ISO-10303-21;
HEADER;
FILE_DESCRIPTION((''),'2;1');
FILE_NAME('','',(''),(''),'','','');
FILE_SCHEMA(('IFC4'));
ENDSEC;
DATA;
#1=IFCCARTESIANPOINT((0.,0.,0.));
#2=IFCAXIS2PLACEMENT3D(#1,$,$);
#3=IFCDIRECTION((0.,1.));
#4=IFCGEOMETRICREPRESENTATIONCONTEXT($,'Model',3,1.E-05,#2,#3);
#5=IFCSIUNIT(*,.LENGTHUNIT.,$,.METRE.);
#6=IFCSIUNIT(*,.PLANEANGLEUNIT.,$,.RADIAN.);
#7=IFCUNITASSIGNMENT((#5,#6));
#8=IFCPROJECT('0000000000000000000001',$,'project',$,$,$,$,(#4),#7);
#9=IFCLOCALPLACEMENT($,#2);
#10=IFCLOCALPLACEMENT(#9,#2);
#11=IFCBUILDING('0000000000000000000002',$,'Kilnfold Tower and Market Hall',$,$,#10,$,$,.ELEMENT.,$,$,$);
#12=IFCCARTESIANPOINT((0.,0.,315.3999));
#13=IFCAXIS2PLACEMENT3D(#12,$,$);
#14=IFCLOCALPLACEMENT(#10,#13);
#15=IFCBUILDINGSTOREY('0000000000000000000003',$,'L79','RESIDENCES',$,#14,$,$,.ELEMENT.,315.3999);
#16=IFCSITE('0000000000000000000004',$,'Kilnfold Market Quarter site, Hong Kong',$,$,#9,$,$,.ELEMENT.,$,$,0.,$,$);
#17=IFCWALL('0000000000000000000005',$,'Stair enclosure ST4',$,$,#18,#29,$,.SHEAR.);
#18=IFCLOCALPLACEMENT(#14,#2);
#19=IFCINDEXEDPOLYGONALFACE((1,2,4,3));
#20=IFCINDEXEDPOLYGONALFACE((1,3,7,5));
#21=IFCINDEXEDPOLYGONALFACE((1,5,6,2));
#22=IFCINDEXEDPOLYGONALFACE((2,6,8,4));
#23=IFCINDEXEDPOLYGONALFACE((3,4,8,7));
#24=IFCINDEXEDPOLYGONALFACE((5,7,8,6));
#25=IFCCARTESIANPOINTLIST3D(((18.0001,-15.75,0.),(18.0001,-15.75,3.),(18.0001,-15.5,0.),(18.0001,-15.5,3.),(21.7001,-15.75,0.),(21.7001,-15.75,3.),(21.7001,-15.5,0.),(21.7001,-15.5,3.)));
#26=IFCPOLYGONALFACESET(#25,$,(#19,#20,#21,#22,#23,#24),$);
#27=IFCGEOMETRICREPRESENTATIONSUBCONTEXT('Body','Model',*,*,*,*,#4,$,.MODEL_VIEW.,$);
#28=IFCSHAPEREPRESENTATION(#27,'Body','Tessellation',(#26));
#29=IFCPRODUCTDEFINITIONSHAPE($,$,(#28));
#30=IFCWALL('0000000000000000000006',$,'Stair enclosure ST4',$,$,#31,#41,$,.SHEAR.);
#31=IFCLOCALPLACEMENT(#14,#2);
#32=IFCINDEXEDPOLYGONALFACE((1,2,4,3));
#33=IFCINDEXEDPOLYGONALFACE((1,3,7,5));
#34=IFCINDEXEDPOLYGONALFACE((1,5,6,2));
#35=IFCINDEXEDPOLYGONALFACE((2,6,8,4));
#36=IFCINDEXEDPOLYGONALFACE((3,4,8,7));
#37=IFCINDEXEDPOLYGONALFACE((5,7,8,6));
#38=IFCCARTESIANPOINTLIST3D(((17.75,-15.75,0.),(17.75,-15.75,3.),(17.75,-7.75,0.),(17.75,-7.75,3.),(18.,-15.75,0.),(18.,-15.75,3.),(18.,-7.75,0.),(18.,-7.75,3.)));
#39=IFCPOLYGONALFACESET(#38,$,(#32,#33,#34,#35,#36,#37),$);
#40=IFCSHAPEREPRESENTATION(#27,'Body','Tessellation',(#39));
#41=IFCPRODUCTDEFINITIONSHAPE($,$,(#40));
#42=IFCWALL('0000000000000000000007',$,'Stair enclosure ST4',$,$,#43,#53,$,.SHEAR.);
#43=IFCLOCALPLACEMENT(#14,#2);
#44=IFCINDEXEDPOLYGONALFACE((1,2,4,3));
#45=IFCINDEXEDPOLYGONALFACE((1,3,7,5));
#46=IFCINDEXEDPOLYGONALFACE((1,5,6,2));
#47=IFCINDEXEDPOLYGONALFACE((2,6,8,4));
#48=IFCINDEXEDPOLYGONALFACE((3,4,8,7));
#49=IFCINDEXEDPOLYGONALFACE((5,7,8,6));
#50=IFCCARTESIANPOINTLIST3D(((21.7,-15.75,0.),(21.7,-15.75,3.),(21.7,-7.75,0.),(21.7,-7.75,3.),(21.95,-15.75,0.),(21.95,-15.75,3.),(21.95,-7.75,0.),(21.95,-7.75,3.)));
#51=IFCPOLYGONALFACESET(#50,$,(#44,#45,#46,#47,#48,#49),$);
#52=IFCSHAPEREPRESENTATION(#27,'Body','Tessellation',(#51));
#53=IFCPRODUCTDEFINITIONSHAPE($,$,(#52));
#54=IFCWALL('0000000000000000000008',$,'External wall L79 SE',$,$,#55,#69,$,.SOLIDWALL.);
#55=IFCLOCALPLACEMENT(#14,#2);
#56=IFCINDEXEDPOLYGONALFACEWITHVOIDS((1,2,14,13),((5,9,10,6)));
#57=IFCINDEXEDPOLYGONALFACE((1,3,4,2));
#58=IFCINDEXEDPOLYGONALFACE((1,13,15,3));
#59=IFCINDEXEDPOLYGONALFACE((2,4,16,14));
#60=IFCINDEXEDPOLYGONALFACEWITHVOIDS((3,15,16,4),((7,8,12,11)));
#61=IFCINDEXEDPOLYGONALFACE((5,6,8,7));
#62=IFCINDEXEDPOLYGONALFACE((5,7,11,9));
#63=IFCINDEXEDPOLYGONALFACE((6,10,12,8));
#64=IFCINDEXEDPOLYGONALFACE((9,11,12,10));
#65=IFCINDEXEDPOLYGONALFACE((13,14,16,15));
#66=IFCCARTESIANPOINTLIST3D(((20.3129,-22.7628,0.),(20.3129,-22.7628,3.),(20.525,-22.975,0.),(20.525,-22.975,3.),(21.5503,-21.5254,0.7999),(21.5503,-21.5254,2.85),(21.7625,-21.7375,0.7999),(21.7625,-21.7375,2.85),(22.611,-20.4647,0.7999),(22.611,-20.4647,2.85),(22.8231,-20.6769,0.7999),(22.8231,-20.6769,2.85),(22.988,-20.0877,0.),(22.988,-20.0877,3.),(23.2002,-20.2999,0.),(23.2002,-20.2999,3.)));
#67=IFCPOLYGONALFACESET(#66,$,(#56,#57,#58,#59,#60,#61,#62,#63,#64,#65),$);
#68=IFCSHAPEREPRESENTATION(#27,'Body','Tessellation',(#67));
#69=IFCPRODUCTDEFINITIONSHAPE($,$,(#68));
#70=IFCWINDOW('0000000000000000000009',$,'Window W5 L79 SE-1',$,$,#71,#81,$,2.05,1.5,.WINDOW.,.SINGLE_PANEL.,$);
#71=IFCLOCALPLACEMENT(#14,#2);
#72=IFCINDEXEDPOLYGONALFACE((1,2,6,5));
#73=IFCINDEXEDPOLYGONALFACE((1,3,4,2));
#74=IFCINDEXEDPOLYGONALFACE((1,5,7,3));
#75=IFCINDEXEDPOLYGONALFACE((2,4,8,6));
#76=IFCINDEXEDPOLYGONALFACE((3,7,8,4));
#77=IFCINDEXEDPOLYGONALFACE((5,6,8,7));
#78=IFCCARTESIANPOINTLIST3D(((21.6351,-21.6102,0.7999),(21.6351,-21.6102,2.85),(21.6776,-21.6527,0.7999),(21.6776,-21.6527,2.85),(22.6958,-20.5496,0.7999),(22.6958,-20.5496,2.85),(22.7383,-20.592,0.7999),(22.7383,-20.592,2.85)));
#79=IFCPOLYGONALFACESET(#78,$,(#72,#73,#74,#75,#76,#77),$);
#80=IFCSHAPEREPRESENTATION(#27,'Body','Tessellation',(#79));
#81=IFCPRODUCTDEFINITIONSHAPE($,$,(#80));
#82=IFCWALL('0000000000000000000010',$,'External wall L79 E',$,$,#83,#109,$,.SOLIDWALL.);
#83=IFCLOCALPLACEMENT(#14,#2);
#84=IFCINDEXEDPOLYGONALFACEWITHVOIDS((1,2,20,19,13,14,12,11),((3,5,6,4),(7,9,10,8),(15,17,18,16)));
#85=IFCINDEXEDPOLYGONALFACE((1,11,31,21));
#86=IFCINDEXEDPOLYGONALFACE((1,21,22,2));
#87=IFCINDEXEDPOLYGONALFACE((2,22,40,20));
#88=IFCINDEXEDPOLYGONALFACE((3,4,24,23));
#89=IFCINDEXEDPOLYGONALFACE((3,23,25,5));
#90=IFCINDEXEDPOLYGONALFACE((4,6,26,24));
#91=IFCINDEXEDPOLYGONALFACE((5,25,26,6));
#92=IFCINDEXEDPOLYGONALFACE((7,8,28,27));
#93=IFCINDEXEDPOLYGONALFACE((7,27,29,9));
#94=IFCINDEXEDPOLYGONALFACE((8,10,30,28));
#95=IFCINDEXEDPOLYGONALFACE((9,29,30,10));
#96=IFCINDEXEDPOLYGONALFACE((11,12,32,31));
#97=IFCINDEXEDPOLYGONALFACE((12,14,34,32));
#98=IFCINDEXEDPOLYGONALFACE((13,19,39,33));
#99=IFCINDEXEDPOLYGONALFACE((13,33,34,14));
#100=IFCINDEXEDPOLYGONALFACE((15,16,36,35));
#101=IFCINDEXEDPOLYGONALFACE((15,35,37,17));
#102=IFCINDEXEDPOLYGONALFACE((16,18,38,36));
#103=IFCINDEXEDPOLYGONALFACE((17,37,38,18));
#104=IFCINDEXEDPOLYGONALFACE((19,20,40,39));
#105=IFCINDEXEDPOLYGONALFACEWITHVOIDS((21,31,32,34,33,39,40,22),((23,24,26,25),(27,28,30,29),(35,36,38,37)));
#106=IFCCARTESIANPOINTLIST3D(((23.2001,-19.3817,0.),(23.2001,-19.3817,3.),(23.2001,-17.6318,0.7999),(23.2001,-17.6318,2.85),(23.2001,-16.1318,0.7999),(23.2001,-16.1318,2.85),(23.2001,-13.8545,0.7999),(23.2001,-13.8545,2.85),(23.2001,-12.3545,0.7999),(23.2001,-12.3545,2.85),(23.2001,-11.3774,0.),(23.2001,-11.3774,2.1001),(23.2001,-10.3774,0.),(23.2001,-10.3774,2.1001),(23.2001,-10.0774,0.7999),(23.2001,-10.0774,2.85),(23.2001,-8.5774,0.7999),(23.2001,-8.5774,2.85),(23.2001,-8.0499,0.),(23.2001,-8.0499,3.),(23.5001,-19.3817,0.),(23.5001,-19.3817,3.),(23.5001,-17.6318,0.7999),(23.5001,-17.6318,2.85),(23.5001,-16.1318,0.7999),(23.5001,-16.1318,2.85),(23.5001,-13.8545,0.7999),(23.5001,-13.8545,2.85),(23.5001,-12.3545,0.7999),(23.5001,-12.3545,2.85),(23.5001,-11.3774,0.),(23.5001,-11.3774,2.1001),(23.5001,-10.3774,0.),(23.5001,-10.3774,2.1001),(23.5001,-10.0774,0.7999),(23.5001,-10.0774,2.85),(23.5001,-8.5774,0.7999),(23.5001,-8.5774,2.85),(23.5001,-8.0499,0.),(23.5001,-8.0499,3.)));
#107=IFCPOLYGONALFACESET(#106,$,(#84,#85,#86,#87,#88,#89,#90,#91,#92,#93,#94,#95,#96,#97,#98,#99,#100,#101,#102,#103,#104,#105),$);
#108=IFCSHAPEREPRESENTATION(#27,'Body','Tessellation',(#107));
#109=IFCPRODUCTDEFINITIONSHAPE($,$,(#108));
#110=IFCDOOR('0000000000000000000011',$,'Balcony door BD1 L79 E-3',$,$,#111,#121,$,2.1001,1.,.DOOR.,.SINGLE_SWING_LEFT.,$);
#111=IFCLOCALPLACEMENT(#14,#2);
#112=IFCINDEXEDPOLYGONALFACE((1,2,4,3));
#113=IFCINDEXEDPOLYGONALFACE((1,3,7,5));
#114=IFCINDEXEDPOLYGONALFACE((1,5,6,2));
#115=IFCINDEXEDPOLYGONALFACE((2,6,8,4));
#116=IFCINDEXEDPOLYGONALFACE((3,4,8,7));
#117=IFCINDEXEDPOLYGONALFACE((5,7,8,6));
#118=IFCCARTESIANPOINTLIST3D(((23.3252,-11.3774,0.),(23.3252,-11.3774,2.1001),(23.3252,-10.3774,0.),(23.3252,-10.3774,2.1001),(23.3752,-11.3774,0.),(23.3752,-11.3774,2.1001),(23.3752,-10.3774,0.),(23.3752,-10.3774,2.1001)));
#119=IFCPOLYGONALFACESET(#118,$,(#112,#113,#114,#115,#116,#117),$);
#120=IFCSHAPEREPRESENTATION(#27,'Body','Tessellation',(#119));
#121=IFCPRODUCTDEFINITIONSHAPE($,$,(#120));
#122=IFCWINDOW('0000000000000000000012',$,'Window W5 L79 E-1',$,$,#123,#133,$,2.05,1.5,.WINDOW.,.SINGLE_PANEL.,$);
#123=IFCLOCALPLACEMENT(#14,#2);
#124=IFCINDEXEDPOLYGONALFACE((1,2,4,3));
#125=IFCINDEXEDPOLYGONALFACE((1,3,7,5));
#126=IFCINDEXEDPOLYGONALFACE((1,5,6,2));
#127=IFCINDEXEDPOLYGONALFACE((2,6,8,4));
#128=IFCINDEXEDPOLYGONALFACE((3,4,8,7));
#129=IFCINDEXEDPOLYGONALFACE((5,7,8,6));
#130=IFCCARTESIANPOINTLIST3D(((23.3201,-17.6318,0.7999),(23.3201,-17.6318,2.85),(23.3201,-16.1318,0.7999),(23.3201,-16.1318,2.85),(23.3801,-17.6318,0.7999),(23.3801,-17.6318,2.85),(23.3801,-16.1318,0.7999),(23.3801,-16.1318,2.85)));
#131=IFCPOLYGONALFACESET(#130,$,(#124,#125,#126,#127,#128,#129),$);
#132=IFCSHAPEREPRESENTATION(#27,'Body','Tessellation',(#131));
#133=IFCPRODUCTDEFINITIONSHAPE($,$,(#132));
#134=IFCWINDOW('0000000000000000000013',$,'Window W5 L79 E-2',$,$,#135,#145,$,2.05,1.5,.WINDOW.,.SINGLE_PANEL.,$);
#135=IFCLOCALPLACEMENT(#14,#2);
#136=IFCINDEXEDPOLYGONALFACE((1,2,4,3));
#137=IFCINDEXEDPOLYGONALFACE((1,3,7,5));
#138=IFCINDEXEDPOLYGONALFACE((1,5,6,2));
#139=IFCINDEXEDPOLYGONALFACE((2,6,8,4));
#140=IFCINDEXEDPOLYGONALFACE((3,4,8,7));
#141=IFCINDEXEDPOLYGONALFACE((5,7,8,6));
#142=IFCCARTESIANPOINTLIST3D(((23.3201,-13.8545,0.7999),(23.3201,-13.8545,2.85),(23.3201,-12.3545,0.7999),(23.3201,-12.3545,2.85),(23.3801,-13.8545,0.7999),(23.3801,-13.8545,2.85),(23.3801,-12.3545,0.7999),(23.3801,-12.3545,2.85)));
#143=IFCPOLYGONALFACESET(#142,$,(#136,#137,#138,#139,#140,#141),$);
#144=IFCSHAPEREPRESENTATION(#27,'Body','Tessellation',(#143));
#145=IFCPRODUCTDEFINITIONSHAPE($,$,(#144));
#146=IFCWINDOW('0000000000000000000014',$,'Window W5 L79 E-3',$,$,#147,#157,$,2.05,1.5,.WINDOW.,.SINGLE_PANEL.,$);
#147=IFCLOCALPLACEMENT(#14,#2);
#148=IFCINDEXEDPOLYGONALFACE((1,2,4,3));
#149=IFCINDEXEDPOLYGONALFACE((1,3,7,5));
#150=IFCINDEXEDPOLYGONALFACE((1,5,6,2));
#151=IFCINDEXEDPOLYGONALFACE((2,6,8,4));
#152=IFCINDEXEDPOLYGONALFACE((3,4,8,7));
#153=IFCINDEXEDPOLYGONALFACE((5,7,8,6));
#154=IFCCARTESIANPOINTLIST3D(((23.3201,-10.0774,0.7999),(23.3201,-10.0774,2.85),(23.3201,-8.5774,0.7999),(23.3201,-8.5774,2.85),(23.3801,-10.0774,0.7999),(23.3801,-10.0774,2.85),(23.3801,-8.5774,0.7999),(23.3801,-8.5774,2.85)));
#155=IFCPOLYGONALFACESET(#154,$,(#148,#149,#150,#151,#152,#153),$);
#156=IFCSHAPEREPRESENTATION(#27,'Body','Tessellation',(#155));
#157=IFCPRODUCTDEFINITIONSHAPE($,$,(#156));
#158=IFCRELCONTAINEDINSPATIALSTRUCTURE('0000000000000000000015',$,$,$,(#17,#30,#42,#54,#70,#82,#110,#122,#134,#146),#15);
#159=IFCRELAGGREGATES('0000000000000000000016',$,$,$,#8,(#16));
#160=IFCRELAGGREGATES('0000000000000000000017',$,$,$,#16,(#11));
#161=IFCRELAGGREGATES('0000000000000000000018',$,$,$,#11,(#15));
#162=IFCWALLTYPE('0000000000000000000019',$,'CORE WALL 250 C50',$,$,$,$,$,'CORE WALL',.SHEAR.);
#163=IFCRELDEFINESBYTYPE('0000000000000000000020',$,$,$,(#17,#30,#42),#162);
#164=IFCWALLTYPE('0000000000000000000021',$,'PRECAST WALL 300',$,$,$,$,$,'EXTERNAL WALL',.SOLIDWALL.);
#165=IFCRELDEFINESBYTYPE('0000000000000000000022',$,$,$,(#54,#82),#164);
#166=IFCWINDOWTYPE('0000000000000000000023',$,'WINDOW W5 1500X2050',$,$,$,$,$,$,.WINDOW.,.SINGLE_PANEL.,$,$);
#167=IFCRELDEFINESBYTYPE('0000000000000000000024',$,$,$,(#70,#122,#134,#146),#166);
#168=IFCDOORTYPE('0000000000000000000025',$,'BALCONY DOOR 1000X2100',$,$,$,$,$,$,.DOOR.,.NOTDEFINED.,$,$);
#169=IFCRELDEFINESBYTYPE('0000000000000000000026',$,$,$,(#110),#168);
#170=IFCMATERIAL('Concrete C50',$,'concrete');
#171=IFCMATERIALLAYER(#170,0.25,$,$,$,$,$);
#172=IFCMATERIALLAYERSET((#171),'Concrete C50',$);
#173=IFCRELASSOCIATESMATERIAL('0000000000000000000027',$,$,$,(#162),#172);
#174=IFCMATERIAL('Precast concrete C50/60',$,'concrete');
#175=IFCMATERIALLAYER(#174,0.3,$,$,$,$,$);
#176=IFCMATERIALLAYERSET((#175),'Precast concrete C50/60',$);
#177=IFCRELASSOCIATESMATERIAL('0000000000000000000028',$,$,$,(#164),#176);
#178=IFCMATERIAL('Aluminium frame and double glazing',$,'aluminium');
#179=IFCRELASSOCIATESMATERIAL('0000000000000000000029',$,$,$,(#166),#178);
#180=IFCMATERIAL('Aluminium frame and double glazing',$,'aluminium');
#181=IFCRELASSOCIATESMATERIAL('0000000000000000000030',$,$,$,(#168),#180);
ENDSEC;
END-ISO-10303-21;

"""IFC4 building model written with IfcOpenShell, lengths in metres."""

from ifc_helpers import new_model, si_unit, direction, frame, frame_2d, origin, place, context, subcontext, project, spatial, rectangle, extrude, source, transform, mapped, material, layer, layer_set, type_object, element, fill, save


model = new_model("IFC4")

# Units and contexts
model_context = context("Model", 3, precision=1e-05, world=origin(), true_north=direction((0.0, 1.0)))
body_context = subcontext(model_context, "Body", "Model", "MODEL_VIEW")
ifc_project = project(units=[si_unit("LENGTHUNIT", "METRE"), si_unit("PLANEANGLEUNIT", "RADIAN")], contexts=[model_context])

# Site, building, storey
site_placement = place(None, origin())
site = spatial("IfcSite", under=ifc_project, at=site_placement, Name="Kilnfold Market Quarter site, Hong Kong", CompositionType="ELEMENT", RefElevation=0.0)
building_placement = place(site_placement, origin())
building = spatial("IfcBuilding", under=site, at=building_placement, Name="Kilnfold Tower and Market Hall", CompositionType="ELEMENT")
storey_placement = place(building_placement, frame((0.0, 0.0, 315.3999)))
storey = spatial("IfcBuildingStorey", under=building, at=storey_placement, Name="L79", Description="RESIDENCES", CompositionType="ELEMENT", Elevation=315.3999)

# Walls
ifc_material_1 = material(Name="Concrete C50", Category="concrete")
ifc_layer_1 = layer(ifc_material_1, 0.25)
ifc_layer_set_1 = layer_set([ifc_layer_1], Name="Concrete C50")
wall_type_1 = type_object("IfcWallType", Name="CORE WALL 250 C50", ElementType="CORE WALL", PredefinedType="SHEAR", material=ifc_layer_set_1)
shared_shape_1 = source(origin(), body_context, "Body", "SweptSolid", [
    extrude(rectangle(XDim=3.7, YDim=0.25, at=frame_2d((1.8501, 0.0))), origin(), (0.0, 0.0, 1.0), 3.0),
])
wall_1_placement = place(storey_placement, frame((18.0, -15.625, 0.0), z_axis=(0.0, 0.0, 1.0), x_axis=(1.0, 0.0, 0.0)))
element("IfcWall", 1, at=wall_1_placement, inside=storey, type_object=wall_type_1, Name="Stair enclosure ST4", PredefinedType="SHEAR", context=body_context, shape_type="MappedRepresentation", body=[
    mapped(shared_shape_1, transform((0.0, 0.0, 0.0))),
])
shared_shape_2 = source(origin(), body_context, "Body", "SweptSolid", [
    extrude(rectangle(XDim=8.0, YDim=0.25, at=frame_2d((4.0, 0.0))), origin(), (0.0, 0.0, 1.0), 3.0),
])
for number, where, z_axis, x_axis, name in (
    (2, (17.875, -15.75, 0.0), (0.0, 0.0, 1.0), (0.0, 1.0, 0.0), "Stair enclosure ST4"),
    (3, (21.825, -15.75, 0.0), (0.0, 0.0, 1.0), (0.0, 1.0, 0.0), "Stair enclosure ST4"),
):
    element("IfcWall", number, at=place(storey_placement, frame(where, z_axis=z_axis, x_axis=x_axis)), inside=storey, type_object=wall_type_1, Name=name, PredefinedType="SHEAR", context=body_context, shape_type="MappedRepresentation", body=[
        mapped(shared_shape_2, transform((0.0, 0.0, 0.0))),
    ])

# Wall, opening, window
ifc_material_2 = material(Name="Precast concrete C50/60", Category="concrete")
ifc_layer_2 = layer(ifc_material_2, 0.3)
ifc_layer_set_2 = layer_set([ifc_layer_2], Name="Precast concrete C50/60")
wall_type_2 = type_object("IfcWallType", Name="PRECAST WALL 300", ElementType="EXTERNAL WALL", PredefinedType="SOLIDWALL", material=ifc_layer_set_2)
shared_shape_3 = source(origin(), body_context, "Body", "SweptSolid", [
    extrude(rectangle(XDim=3.7832, YDim=0.3, at=frame_2d((1.8916, 0.0))), origin(), (0.0, 0.0, 1.0), 3.0),
])
wall_2_placement = place(storey_placement, frame((20.4189, -22.8689, 0.0), z_axis=(0.0, 0.0, 1.0), x_axis=(0.707107, 0.707107, 0.0)))
wall_2 = element("IfcWall", 4, at=wall_2_placement, inside=storey, type_object=wall_type_2, Name="External wall L79 SE", PredefinedType="SOLIDWALL", context=body_context, shape_type="MappedRepresentation", body=[
    mapped(shared_shape_3, transform((0.0, 0.0, 0.0))),
])
opening_1_placement = place(wall_2_placement, frame((1.75, 0.0, 0.8)))
opening_1 = element("IfcOpeningElement", 5, at=opening_1_placement, cuts=wall_2, PredefinedType="OPENING", context=body_context, shape_type="SweptSolid", body=[
    extrude(rectangle(XDim=1.5, YDim=2.05, at=frame_2d((0.75, 1.0249))), frame((0.0, 0.1602, 0.0), z_axis=(0.0, -1.0, 0.0), x_axis=(1.0, 0.0, 0.0)), (0.0, 0.0, 1.0), 0.3201),
])
ifc_material_3 = material(Name="Aluminium frame and double glazing", Category="aluminium")
window_type = type_object("IfcWindowType", Name="WINDOW W5 1500X2050", PartitioningType="SINGLE_PANEL", PredefinedType="WINDOW", material=ifc_material_3)
window_1_placement = place(opening_1_placement, origin())
window_1 = element("IfcWindow", 6, at=window_1_placement, inside=storey, type_object=window_type, Name="Window W5 L79 SE-1", OverallHeight=2.05, OverallWidth=1.5, PartitioningType="SINGLE_PANEL", PredefinedType="WINDOW", context=body_context, shape_type="SweptSolid", body=[
    extrude(rectangle(XDim=1.5, YDim=2.05, at=frame_2d((0.75, 1.0249))), frame((0.0, 0.03, 0.0), z_axis=(0.0, -1.0, 0.0), x_axis=(1.0, 0.0, 0.0)), (0.0, 0.0, 1.0), 0.0601),
])
fill(opening_1, window_1)

# Wall, openings, door, windows
shared_shape_4 = source(origin(), body_context, "Body", "SweptSolid", [
    extrude(rectangle(XDim=11.3318, YDim=0.3, at=frame_2d((5.666, 0.0))), origin(), (0.0, 0.0, 1.0), 3.0),
])
wall_3_placement = place(storey_placement, frame((23.3501, -19.3818, 0.0), z_axis=(0.0, 0.0, 1.0), x_axis=(0.0, 1.0, 0.0)))
wall_3 = element("IfcWall", 7, at=wall_3_placement, inside=storey, type_object=wall_type_2, Name="External wall L79 E", PredefinedType="SOLIDWALL", context=body_context, shape_type="MappedRepresentation", body=[
    mapped(shared_shape_4, transform((0.0, 0.0, 0.0))),
])
opening_2_placement = place(wall_3_placement, frame((1.75, 0.0, 0.8)))
opening_2 = element("IfcOpeningElement", 8, at=opening_2_placement, cuts=wall_3, PredefinedType="OPENING", context=body_context, shape_type="SweptSolid", body=[
    extrude(rectangle(XDim=1.5, YDim=2.05, at=frame_2d((0.75, 1.0249))), frame((0.0, 0.1602, 0.0), z_axis=(0.0, -1.0, 0.0), x_axis=(1.0, 0.0, 0.0)), (0.0, 0.0, 1.0), 0.3201),
])
opening_3_placement = place(wall_3_placement, frame((5.5273, 0.0, 0.8)))
opening_3 = element("IfcOpeningElement", 9, at=opening_3_placement, cuts=wall_3, PredefinedType="OPENING", context=body_context, shape_type="SweptSolid", body=[
    extrude(rectangle(XDim=1.5, YDim=2.05, at=frame_2d((0.75, 1.0249))), frame((0.0, 0.1602, 0.0), z_axis=(0.0, -1.0, 0.0), x_axis=(1.0, 0.0, 0.0)), (0.0, 0.0, 1.0), 0.3201),
])
opening_4_placement = place(wall_3_placement, frame((9.3044, 0.0, 0.8)))
opening_4 = element("IfcOpeningElement", 10, at=opening_4_placement, cuts=wall_3, PredefinedType="OPENING", context=body_context, shape_type="SweptSolid", body=[
    extrude(rectangle(XDim=1.5, YDim=2.05, at=frame_2d((0.75, 1.0249))), frame((0.0, 0.1602, 0.0), z_axis=(0.0, -1.0, 0.0), x_axis=(1.0, 0.0, 0.0)), (0.0, 0.0, 1.0), 0.3201),
])
opening_5_placement = place(wall_3_placement, frame((8.0044, 0.0, 0.0)))
opening_5 = element("IfcOpeningElement", 11, at=opening_5_placement, cuts=wall_3, PredefinedType="OPENING", context=body_context, shape_type="SweptSolid", body=[
    extrude(rectangle(XDim=1.0, YDim=2.1001, at=frame_2d((0.5, 1.05))), frame((0.0, 0.1602, 0.0), z_axis=(0.0, -1.0, 0.0), x_axis=(1.0, 0.0, 0.0)), (0.0, 0.0, 1.0), 0.3201),
])
ifc_material_4 = material(Name="Aluminium frame and double glazing", Category="aluminium")
door_type_1 = type_object("IfcDoorType", Name="BALCONY DOOR 1000X2100", OperationType="NOTDEFINED", PredefinedType="DOOR", material=ifc_material_4)
door_1_placement = place(opening_5_placement, origin())
door_1 = element("IfcDoor", 12, at=door_1_placement, inside=storey, type_object=door_type_1, Name="Balcony door BD1 L79 E-3", OperationType="SINGLE_SWING_LEFT", OverallHeight=2.1001, OverallWidth=1.0, PredefinedType="DOOR", context=body_context, shape_type="SweptSolid", body=[
    extrude(rectangle(XDim=1.0, YDim=2.1001, at=frame_2d((0.5, 1.05))), frame((0.0, 0.0249, 0.0), z_axis=(0.0, -1.0, 0.0), x_axis=(1.0, 0.0, 0.0)), (0.0, 0.0, 1.0), 0.05),
])
fill(opening_5, door_1)
window_2_placement = place(opening_2_placement, origin())
window_2 = element("IfcWindow", 13, at=window_2_placement, inside=storey, type_object=window_type, Name="Window W5 L79 E-1", OverallHeight=2.05, OverallWidth=1.5, PartitioningType="SINGLE_PANEL", PredefinedType="WINDOW", context=body_context, shape_type="SweptSolid", body=[
    extrude(rectangle(XDim=1.5, YDim=2.05, at=frame_2d((0.75, 1.0249))), frame((0.0, 0.03, 0.0), z_axis=(0.0, -1.0, 0.0), x_axis=(1.0, 0.0, 0.0)), (0.0, 0.0, 1.0), 0.0601),
])
fill(opening_2, window_2)
window_3_placement = place(opening_3_placement, origin())
window_3 = element("IfcWindow", 14, at=window_3_placement, inside=storey, type_object=window_type, Name="Window W5 L79 E-2", OverallHeight=2.05, OverallWidth=1.5, PartitioningType="SINGLE_PANEL", PredefinedType="WINDOW", context=body_context, shape_type="SweptSolid", body=[
    extrude(rectangle(XDim=1.5, YDim=2.05, at=frame_2d((0.75, 1.0249))), frame((0.0, 0.03, 0.0), z_axis=(0.0, -1.0, 0.0), x_axis=(1.0, 0.0, 0.0)), (0.0, 0.0, 1.0), 0.0601),
])
fill(opening_3, window_3)
window_4_placement = place(opening_4_placement, origin())
window_4 = element("IfcWindow", 15, at=window_4_placement, inside=storey, type_object=window_type, Name="Window W5 L79 E-3", OverallHeight=2.05, OverallWidth=1.5, PartitioningType="SINGLE_PANEL", PredefinedType="WINDOW", context=body_context, shape_type="SweptSolid", body=[
    extrude(rectangle(XDim=1.5, YDim=2.05, at=frame_2d((0.75, 1.0249))), frame((0.0, 0.03, 0.0), z_axis=(0.0, -1.0, 0.0), x_axis=(1.0, 0.0, 0.0)), (0.0, 0.0, 1.0), 0.0601),
])
fill(opening_4, window_4)

save(model, "model.ifc")
